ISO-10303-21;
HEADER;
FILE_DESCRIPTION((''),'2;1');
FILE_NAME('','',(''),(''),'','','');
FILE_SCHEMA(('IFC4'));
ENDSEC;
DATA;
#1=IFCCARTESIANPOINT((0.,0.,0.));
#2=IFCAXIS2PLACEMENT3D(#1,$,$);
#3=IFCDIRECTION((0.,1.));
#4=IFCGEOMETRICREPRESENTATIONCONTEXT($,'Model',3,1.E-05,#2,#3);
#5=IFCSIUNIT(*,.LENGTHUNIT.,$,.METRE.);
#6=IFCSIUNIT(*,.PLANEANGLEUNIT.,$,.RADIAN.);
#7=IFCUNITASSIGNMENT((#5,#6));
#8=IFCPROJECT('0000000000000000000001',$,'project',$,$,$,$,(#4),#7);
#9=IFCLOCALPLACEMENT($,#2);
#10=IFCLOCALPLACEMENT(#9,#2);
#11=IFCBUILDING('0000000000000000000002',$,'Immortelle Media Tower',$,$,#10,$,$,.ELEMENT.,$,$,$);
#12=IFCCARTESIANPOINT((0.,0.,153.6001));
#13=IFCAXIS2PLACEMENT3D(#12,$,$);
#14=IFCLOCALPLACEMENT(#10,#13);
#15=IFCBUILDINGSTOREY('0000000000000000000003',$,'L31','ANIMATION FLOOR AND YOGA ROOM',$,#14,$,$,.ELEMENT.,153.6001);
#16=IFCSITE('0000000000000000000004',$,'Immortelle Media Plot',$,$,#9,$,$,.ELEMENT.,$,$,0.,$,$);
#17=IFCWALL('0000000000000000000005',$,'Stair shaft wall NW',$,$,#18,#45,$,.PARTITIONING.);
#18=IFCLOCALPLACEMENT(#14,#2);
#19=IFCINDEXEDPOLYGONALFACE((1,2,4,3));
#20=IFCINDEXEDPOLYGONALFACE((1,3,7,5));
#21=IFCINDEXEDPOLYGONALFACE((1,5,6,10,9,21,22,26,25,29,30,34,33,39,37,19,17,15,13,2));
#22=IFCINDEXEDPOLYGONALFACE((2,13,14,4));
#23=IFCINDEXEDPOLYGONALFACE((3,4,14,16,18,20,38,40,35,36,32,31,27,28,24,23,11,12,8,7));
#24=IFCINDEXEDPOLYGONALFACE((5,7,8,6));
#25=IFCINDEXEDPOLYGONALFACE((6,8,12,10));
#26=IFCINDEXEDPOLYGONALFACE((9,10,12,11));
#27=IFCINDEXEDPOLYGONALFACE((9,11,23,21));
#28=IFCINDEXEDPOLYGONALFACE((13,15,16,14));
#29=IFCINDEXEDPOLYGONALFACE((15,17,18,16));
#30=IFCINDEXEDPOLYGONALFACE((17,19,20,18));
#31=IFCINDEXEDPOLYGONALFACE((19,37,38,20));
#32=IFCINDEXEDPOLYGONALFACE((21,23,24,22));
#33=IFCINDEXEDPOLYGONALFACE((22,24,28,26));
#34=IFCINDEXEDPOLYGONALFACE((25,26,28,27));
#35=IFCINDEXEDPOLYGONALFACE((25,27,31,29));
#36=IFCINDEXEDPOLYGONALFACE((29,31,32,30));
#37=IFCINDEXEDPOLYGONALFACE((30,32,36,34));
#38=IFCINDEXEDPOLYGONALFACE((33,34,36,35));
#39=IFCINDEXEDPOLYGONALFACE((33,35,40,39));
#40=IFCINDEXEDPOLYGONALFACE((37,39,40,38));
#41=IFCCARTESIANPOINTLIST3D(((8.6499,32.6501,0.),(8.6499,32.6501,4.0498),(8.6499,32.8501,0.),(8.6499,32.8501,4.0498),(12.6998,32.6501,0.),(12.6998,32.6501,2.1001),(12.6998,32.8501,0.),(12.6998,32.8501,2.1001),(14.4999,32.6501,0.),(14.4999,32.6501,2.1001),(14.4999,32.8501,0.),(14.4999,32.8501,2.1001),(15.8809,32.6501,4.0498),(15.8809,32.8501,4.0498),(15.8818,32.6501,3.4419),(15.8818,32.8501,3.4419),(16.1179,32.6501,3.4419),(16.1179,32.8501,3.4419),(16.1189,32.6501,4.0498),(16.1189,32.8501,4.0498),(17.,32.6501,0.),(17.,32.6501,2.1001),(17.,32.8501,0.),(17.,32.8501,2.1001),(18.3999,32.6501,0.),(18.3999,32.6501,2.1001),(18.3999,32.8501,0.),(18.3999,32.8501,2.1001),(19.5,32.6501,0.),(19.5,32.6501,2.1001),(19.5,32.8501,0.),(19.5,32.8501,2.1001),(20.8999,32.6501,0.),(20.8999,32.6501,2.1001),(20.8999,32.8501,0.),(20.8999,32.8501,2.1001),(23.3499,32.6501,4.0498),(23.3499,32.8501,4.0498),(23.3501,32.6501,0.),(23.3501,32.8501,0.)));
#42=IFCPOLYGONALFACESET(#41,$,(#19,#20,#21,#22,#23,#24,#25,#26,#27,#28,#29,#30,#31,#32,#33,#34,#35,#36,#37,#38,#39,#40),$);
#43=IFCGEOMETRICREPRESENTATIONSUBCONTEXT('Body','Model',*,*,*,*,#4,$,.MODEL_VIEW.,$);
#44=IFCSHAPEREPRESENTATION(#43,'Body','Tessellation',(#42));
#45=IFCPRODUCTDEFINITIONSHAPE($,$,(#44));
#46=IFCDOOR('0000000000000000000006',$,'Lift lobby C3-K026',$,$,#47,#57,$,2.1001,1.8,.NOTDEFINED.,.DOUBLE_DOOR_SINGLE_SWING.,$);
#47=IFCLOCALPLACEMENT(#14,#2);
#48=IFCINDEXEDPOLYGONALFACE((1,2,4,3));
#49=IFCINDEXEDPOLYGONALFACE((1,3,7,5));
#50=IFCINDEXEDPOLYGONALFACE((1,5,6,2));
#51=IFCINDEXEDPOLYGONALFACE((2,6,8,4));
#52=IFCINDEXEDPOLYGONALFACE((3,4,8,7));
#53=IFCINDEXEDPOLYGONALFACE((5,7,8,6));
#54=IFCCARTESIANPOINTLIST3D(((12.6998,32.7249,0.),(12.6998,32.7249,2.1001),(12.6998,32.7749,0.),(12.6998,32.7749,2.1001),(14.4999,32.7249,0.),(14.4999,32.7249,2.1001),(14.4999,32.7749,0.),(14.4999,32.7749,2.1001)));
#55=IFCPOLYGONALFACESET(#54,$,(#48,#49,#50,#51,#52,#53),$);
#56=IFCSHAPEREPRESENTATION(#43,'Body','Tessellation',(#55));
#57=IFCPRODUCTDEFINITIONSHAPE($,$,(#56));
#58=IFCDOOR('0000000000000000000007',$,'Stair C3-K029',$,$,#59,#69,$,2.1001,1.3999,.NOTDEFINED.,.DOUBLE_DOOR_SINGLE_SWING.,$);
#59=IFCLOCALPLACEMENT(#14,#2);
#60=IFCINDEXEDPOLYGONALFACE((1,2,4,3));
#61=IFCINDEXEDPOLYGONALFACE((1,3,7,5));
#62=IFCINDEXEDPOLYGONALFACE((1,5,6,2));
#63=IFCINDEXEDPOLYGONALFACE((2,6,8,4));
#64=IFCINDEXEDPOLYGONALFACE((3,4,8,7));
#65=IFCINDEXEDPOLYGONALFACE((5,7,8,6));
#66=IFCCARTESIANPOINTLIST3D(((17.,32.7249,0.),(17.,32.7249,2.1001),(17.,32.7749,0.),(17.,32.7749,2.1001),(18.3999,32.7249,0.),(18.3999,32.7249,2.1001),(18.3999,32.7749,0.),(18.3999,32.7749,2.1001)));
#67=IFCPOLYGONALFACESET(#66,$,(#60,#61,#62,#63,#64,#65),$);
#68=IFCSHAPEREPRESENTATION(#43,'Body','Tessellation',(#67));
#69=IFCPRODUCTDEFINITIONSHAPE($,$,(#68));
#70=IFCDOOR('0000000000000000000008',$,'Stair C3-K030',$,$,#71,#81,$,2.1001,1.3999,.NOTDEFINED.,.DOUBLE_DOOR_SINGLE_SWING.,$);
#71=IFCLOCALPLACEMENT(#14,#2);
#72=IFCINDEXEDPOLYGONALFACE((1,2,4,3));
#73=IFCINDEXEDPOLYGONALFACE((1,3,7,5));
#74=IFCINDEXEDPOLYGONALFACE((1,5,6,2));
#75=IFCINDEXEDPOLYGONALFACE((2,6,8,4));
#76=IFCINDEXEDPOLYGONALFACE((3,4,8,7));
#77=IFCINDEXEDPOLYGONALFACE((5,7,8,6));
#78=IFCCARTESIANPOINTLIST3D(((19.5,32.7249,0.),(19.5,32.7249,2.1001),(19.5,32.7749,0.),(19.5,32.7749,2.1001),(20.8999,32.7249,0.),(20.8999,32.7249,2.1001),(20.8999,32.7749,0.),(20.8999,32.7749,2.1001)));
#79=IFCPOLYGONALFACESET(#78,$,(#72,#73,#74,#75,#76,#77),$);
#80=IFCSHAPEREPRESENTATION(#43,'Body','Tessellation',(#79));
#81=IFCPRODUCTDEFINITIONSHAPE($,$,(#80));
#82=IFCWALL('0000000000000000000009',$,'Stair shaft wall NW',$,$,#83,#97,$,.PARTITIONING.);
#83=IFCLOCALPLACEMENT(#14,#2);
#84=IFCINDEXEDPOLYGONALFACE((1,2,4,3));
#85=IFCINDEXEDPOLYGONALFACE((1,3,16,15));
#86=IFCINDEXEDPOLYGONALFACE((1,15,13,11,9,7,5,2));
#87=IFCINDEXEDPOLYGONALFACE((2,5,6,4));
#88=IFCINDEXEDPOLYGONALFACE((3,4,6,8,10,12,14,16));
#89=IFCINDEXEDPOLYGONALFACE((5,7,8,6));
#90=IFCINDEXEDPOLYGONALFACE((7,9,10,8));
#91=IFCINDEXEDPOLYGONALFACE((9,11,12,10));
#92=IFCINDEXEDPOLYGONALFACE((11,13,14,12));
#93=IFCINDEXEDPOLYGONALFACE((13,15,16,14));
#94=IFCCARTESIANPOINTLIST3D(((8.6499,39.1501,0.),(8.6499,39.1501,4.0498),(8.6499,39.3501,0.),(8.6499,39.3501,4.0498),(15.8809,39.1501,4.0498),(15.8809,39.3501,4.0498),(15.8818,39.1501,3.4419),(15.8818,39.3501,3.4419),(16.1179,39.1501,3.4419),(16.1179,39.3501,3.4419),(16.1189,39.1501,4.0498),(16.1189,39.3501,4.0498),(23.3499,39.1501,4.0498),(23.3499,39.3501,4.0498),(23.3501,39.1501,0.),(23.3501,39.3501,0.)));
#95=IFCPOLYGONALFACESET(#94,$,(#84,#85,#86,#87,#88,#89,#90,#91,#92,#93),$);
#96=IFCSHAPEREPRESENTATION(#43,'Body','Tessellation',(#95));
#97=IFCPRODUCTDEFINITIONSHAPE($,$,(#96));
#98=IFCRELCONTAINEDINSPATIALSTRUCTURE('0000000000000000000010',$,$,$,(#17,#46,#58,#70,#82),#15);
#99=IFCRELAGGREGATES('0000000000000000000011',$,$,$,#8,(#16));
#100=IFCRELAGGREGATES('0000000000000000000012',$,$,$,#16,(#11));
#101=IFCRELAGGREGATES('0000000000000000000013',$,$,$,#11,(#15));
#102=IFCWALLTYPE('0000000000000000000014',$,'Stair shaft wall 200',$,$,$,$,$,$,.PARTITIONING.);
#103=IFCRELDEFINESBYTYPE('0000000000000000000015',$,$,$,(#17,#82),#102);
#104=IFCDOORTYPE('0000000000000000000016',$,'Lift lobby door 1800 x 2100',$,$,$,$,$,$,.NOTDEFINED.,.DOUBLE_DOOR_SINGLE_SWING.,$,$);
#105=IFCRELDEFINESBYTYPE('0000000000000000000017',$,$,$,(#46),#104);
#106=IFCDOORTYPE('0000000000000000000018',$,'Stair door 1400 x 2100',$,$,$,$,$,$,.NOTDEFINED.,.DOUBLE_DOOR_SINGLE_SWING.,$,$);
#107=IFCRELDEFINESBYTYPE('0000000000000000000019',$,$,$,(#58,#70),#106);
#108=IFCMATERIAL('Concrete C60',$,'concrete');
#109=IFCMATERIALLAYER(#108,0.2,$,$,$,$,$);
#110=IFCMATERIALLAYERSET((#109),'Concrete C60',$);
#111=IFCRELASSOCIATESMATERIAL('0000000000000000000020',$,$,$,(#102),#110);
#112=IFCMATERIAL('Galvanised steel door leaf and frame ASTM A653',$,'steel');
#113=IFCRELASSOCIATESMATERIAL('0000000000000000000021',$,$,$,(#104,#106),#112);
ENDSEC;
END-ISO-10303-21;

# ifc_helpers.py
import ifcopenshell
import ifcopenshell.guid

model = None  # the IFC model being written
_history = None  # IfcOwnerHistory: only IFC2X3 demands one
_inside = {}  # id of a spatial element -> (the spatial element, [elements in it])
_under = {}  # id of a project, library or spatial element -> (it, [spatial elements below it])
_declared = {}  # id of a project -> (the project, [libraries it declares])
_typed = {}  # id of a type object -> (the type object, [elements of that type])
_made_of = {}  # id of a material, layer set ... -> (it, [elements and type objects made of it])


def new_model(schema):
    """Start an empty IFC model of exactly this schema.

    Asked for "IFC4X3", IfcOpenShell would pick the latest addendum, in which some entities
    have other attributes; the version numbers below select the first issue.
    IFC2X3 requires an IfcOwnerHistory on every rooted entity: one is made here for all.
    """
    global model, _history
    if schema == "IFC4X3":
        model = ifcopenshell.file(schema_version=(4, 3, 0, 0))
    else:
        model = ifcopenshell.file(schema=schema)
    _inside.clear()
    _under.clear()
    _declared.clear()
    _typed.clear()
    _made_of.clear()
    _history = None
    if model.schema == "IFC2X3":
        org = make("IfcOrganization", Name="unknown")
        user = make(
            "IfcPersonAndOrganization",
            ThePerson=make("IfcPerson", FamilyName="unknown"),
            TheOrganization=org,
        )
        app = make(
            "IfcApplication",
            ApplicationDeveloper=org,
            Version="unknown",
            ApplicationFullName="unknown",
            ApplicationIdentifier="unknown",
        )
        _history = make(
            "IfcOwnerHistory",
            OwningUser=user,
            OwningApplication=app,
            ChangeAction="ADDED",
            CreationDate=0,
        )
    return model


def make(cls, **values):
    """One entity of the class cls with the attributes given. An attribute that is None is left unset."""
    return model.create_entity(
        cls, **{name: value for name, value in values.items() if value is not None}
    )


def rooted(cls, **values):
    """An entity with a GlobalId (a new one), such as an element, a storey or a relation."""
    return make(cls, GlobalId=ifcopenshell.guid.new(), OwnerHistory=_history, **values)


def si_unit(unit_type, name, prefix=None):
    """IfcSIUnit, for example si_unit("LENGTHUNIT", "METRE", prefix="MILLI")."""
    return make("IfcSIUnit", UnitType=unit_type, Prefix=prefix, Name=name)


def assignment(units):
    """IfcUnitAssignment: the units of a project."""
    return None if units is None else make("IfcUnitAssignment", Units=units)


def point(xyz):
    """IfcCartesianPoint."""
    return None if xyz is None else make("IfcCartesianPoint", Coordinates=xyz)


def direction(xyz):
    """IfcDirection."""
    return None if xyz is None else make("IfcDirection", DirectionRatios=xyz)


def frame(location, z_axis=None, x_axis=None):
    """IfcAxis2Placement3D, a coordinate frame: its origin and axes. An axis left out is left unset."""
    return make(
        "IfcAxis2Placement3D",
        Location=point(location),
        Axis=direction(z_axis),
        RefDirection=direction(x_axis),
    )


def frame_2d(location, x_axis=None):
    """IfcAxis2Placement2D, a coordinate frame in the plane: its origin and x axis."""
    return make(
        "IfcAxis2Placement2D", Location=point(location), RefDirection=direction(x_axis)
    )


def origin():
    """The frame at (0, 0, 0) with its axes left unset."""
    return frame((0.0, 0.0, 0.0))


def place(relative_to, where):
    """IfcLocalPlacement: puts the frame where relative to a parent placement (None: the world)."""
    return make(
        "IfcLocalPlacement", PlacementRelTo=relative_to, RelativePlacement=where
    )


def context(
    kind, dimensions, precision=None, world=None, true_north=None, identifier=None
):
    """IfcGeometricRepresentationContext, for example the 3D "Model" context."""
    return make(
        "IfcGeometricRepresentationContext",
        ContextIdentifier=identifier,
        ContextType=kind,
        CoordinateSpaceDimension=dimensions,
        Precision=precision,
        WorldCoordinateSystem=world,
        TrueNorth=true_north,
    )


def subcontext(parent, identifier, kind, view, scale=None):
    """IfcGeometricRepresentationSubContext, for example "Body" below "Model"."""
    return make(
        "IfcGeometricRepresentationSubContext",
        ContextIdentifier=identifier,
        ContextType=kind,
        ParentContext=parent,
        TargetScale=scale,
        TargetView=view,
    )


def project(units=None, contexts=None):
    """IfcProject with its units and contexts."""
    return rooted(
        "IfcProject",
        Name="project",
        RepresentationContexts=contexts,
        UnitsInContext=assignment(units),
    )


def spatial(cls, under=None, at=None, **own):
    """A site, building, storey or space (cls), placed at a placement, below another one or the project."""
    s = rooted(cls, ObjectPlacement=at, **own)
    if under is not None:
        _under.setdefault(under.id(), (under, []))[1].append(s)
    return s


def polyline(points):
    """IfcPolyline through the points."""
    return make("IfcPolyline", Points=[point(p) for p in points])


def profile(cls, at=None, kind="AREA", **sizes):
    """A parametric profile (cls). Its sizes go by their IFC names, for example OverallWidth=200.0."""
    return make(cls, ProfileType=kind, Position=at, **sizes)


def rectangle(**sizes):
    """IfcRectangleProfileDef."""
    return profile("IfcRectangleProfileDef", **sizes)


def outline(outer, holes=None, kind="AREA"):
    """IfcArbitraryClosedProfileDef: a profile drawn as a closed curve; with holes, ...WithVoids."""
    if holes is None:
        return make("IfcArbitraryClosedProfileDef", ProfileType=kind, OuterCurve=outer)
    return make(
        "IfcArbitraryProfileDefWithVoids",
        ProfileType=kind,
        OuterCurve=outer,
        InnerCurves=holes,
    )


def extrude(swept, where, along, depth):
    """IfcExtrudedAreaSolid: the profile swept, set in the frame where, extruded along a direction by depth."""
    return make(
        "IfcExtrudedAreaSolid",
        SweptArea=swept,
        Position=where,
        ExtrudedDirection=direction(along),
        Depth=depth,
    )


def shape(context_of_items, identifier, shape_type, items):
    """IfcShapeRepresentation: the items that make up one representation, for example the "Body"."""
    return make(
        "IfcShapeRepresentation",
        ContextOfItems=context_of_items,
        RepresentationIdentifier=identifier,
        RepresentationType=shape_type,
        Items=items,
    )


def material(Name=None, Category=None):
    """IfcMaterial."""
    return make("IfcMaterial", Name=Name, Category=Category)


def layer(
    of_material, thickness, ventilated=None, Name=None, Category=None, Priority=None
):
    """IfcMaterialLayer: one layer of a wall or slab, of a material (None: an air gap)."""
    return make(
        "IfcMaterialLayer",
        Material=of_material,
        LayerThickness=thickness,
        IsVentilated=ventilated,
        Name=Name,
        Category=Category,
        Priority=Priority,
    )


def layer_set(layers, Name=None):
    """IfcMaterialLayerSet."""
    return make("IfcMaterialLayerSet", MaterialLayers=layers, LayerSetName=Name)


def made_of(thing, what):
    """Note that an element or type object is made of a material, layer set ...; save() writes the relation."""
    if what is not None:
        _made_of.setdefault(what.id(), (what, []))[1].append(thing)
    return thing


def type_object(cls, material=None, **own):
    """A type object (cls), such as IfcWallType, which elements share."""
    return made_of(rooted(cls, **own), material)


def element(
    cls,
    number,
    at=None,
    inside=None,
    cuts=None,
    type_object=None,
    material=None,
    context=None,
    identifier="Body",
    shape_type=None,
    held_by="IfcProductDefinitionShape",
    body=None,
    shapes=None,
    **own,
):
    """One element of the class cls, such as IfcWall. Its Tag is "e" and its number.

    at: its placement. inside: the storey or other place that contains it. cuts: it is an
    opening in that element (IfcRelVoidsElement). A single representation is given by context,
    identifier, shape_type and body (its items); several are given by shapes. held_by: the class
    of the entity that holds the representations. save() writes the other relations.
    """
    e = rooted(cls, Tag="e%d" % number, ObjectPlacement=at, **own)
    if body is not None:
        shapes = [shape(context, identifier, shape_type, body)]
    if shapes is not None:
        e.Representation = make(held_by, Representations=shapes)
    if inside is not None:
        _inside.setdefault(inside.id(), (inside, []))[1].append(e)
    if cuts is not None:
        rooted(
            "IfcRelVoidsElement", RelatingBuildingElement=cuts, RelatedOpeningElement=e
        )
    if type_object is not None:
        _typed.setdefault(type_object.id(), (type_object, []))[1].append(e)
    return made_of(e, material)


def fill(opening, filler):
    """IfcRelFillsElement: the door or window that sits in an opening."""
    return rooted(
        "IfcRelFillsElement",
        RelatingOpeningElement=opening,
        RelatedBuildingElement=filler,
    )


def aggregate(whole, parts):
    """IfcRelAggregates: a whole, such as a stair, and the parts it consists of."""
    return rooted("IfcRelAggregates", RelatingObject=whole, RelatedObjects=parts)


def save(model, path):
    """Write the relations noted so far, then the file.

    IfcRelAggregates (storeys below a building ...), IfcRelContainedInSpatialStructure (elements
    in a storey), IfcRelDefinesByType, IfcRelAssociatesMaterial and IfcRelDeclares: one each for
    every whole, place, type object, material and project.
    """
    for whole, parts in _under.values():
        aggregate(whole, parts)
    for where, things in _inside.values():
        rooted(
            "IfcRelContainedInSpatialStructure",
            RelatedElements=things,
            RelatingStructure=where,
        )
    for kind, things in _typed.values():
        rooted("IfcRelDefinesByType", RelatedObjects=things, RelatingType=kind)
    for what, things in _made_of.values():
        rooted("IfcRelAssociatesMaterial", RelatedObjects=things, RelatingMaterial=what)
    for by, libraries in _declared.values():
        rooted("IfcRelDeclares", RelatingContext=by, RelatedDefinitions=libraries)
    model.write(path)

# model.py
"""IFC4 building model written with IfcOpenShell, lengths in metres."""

from ifc_helpers import new_model, si_unit, direction, frame, frame_2d, origin, place, context, subcontext, project, spatial, polyline, rectangle, outline, extrude, material, layer, layer_set, type_object, element, fill, save


model = new_model("IFC4")

# Units and contexts
model_context = context("Model", 3, precision=1e-05, world=origin(), true_north=direction((0.0, 1.0)))
body_context = subcontext(model_context, "Body", "Model", "MODEL_VIEW")
ifc_project = project(units=[si_unit("LENGTHUNIT", "METRE"), si_unit("PLANEANGLEUNIT", "RADIAN")], contexts=[model_context])

# Site, building, storey
site_placement = place(None, origin())
site = spatial("IfcSite", under=ifc_project, at=site_placement, Name="Immortelle Media Plot", CompositionType="ELEMENT", RefElevation=0.0)
building_placement = place(site_placement, origin())
building = spatial("IfcBuilding", under=site, at=building_placement, Name="Immortelle Media Tower", CompositionType="ELEMENT")
storey_placement = place(building_placement, frame((0.0, 0.0, 153.6001)))
storey = spatial("IfcBuildingStorey", under=building, at=storey_placement, Name="L31", Description="ANIMATION FLOOR AND YOGA ROOM", CompositionType="ELEMENT", Elevation=153.6001)

# Shared definitions
ifc_material_1 = material(Name="Galvanised steel door leaf and frame ASTM A653", Category="steel")

# Wall, openings, doors
ifc_material_2 = material(Name="Concrete C60", Category="concrete")
ifc_layer_1 = layer(ifc_material_2, 0.2)
ifc_layer_set_1 = layer_set([ifc_layer_1], Name="Concrete C60")
wall_type_1 = type_object("IfcWallType", Name="Stair shaft wall 200", PredefinedType="PARTITIONING", material=ifc_layer_set_1)
wall_1_placement = place(storey_placement, frame((8.6499, 32.75, 0.0), z_axis=(0.0, 0.0, 1.0), x_axis=(1.0, 0.0, 0.0)))
wall_1 = element("IfcWall", 1, at=wall_1_placement, inside=storey, type_object=wall_type_1, Name="Stair shaft wall NW", PredefinedType="PARTITIONING", context=body_context, shape_type="SweptSolid", body=[
    extrude(outline(polyline([(0.0, 0.0), (14.7002, 0.0), (14.7, 4.0498), (7.469, 4.0498), (7.468, 3.4419), (7.2319, 3.4419), (7.231, 4.0498), (0.0, 4.0498), (0.0, 0.0)])), frame((0.0, 0.1001, 0.0), z_axis=(0.0, -1.0, 0.0), x_axis=(1.0, 0.0, 0.0)), (0.0, 0.0, 1.0), 0.2),
])
opening_1_placement = place(wall_1_placement, frame((4.05, 0.0, 0.0)))
opening_1 = element("IfcOpeningElement", 2, at=opening_1_placement, cuts=wall_1, PredefinedType="OPENING", context=body_context, shape_type="SweptSolid", body=[
    extrude(rectangle(XDim=1.8, YDim=2.1001, at=frame_2d((0.8999, 1.05))), frame((0.0, 0.1099, 0.0), z_axis=(0.0, -1.0, 0.0), x_axis=(1.0, 0.0, 0.0)), (0.0, 0.0, 1.0), 0.22),
])
opening_2_placement = place(wall_1_placement, frame((8.3501, 0.0, 0.0)))
opening_2 = element("IfcOpeningElement", 3, at=opening_2_placement, cuts=wall_1, PredefinedType="OPENING", context=body_context, shape_type="SweptSolid", body=[
    extrude(rectangle(XDim=1.3999, YDim=2.1001, at=frame_2d((0.7, 1.05))), frame((0.0, 0.1099, 0.0), z_axis=(0.0, -1.0, 0.0), x_axis=(1.0, 0.0, 0.0)), (0.0, 0.0, 1.0), 0.22),
])
opening_3_placement = place(wall_1_placement, frame((10.8501, 0.0, 0.0)))
opening_3 = element("IfcOpeningElement", 4, at=opening_3_placement, cuts=wall_1, PredefinedType="OPENING", context=body_context, shape_type="SweptSolid", body=[
    extrude(rectangle(XDim=1.3999, YDim=2.1001, at=frame_2d((0.7, 1.05))), frame((0.0, 0.1099, 0.0), z_axis=(0.0, -1.0, 0.0), x_axis=(1.0, 0.0, 0.0)), (0.0, 0.0, 1.0), 0.22),
])
door_type_1 = type_object("IfcDoorType", Name="Lift lobby door 1800 x 2100", OperationType="DOUBLE_DOOR_SINGLE_SWING", PredefinedType="NOTDEFINED", material=ifc_material_1)
door_1_placement = place(opening_1_placement, origin())
door_1 = element("IfcDoor", 5, at=door_1_placement, inside=storey, type_object=door_type_1, Name="Lift lobby C3-K026", OperationType="DOUBLE_DOOR_SINGLE_SWING", OverallHeight=2.1001, OverallWidth=1.8, PredefinedType="NOTDEFINED", context=body_context, shape_type="SweptSolid", body=[
    extrude(rectangle(XDim=1.8, YDim=2.1001, at=frame_2d((0.8999, 1.05))), frame((0.0, 0.0249, 0.0), z_axis=(0.0, -1.0, 0.0), x_axis=(1.0, 0.0, 0.0)), (0.0, 0.0, 1.0), 0.05),
])
fill(opening_1, door_1)
door_type_2 = type_object("IfcDoorType", Name="Stair door 1400 x 2100", OperationType="DOUBLE_DOOR_SINGLE_SWING", PredefinedType="NOTDEFINED", material=ifc_material_1)
door_2_placement = place(opening_2_placement, origin())
door_2 = element("IfcDoor", 6, at=door_2_placement, inside=storey, type_object=door_type_2, Name="Stair C3-K029", OperationType="DOUBLE_DOOR_SINGLE_SWING", OverallHeight=2.1001, OverallWidth=1.3999, PredefinedType="NOTDEFINED", context=body_context, shape_type="SweptSolid", body=[
    extrude(rectangle(XDim=1.3999, YDim=2.1001, at=frame_2d((0.7, 1.05))), frame((0.0, 0.0249, 0.0), z_axis=(0.0, -1.0, 0.0), x_axis=(1.0, 0.0, 0.0)), (0.0, 0.0, 1.0), 0.05),
])
fill(opening_2, door_2)
door_3_placement = place(opening_3_placement, origin())
door_3 = element("IfcDoor", 7, at=door_3_placement, inside=storey, type_object=door_type_2, Name="Stair C3-K030", OperationType="DOUBLE_DOOR_SINGLE_SWING", OverallHeight=2.1001, OverallWidth=1.3999, PredefinedType="NOTDEFINED", context=body_context, shape_type="SweptSolid", body=[
    extrude(rectangle(XDim=1.3999, YDim=2.1001, at=frame_2d((0.7, 1.05))), frame((0.0, 0.0249, 0.0), z_axis=(0.0, -1.0, 0.0), x_axis=(1.0, 0.0, 0.0)), (0.0, 0.0, 1.0), 0.05),
])
fill(opening_3, door_3)

# Wall
wall_2_placement = place(storey_placement, frame((8.6499, 39.25, 0.0), z_axis=(0.0, 0.0, 1.0), x_axis=(1.0, 0.0, 0.0)))
element("IfcWall", 8, at=wall_2_placement, inside=storey, type_object=wall_type_1, Name="Stair shaft wall NW", PredefinedType="PARTITIONING", context=body_context, shape_type="SweptSolid", body=[
    extrude(outline(polyline([(0.0, 0.0), (14.7002, 0.0), (14.7, 4.0498), (7.469, 4.0498), (7.468, 3.4419), (7.2319, 3.4419), (7.231, 4.0498), (0.0, 4.0498), (0.0, 0.0)])), frame((0.0, 0.1001, 0.0), z_axis=(0.0, -1.0, 0.0), x_axis=(1.0, 0.0, 0.0)), (0.0, 0.0, 1.0), 0.2),
])

save(model, "model.ifc")
